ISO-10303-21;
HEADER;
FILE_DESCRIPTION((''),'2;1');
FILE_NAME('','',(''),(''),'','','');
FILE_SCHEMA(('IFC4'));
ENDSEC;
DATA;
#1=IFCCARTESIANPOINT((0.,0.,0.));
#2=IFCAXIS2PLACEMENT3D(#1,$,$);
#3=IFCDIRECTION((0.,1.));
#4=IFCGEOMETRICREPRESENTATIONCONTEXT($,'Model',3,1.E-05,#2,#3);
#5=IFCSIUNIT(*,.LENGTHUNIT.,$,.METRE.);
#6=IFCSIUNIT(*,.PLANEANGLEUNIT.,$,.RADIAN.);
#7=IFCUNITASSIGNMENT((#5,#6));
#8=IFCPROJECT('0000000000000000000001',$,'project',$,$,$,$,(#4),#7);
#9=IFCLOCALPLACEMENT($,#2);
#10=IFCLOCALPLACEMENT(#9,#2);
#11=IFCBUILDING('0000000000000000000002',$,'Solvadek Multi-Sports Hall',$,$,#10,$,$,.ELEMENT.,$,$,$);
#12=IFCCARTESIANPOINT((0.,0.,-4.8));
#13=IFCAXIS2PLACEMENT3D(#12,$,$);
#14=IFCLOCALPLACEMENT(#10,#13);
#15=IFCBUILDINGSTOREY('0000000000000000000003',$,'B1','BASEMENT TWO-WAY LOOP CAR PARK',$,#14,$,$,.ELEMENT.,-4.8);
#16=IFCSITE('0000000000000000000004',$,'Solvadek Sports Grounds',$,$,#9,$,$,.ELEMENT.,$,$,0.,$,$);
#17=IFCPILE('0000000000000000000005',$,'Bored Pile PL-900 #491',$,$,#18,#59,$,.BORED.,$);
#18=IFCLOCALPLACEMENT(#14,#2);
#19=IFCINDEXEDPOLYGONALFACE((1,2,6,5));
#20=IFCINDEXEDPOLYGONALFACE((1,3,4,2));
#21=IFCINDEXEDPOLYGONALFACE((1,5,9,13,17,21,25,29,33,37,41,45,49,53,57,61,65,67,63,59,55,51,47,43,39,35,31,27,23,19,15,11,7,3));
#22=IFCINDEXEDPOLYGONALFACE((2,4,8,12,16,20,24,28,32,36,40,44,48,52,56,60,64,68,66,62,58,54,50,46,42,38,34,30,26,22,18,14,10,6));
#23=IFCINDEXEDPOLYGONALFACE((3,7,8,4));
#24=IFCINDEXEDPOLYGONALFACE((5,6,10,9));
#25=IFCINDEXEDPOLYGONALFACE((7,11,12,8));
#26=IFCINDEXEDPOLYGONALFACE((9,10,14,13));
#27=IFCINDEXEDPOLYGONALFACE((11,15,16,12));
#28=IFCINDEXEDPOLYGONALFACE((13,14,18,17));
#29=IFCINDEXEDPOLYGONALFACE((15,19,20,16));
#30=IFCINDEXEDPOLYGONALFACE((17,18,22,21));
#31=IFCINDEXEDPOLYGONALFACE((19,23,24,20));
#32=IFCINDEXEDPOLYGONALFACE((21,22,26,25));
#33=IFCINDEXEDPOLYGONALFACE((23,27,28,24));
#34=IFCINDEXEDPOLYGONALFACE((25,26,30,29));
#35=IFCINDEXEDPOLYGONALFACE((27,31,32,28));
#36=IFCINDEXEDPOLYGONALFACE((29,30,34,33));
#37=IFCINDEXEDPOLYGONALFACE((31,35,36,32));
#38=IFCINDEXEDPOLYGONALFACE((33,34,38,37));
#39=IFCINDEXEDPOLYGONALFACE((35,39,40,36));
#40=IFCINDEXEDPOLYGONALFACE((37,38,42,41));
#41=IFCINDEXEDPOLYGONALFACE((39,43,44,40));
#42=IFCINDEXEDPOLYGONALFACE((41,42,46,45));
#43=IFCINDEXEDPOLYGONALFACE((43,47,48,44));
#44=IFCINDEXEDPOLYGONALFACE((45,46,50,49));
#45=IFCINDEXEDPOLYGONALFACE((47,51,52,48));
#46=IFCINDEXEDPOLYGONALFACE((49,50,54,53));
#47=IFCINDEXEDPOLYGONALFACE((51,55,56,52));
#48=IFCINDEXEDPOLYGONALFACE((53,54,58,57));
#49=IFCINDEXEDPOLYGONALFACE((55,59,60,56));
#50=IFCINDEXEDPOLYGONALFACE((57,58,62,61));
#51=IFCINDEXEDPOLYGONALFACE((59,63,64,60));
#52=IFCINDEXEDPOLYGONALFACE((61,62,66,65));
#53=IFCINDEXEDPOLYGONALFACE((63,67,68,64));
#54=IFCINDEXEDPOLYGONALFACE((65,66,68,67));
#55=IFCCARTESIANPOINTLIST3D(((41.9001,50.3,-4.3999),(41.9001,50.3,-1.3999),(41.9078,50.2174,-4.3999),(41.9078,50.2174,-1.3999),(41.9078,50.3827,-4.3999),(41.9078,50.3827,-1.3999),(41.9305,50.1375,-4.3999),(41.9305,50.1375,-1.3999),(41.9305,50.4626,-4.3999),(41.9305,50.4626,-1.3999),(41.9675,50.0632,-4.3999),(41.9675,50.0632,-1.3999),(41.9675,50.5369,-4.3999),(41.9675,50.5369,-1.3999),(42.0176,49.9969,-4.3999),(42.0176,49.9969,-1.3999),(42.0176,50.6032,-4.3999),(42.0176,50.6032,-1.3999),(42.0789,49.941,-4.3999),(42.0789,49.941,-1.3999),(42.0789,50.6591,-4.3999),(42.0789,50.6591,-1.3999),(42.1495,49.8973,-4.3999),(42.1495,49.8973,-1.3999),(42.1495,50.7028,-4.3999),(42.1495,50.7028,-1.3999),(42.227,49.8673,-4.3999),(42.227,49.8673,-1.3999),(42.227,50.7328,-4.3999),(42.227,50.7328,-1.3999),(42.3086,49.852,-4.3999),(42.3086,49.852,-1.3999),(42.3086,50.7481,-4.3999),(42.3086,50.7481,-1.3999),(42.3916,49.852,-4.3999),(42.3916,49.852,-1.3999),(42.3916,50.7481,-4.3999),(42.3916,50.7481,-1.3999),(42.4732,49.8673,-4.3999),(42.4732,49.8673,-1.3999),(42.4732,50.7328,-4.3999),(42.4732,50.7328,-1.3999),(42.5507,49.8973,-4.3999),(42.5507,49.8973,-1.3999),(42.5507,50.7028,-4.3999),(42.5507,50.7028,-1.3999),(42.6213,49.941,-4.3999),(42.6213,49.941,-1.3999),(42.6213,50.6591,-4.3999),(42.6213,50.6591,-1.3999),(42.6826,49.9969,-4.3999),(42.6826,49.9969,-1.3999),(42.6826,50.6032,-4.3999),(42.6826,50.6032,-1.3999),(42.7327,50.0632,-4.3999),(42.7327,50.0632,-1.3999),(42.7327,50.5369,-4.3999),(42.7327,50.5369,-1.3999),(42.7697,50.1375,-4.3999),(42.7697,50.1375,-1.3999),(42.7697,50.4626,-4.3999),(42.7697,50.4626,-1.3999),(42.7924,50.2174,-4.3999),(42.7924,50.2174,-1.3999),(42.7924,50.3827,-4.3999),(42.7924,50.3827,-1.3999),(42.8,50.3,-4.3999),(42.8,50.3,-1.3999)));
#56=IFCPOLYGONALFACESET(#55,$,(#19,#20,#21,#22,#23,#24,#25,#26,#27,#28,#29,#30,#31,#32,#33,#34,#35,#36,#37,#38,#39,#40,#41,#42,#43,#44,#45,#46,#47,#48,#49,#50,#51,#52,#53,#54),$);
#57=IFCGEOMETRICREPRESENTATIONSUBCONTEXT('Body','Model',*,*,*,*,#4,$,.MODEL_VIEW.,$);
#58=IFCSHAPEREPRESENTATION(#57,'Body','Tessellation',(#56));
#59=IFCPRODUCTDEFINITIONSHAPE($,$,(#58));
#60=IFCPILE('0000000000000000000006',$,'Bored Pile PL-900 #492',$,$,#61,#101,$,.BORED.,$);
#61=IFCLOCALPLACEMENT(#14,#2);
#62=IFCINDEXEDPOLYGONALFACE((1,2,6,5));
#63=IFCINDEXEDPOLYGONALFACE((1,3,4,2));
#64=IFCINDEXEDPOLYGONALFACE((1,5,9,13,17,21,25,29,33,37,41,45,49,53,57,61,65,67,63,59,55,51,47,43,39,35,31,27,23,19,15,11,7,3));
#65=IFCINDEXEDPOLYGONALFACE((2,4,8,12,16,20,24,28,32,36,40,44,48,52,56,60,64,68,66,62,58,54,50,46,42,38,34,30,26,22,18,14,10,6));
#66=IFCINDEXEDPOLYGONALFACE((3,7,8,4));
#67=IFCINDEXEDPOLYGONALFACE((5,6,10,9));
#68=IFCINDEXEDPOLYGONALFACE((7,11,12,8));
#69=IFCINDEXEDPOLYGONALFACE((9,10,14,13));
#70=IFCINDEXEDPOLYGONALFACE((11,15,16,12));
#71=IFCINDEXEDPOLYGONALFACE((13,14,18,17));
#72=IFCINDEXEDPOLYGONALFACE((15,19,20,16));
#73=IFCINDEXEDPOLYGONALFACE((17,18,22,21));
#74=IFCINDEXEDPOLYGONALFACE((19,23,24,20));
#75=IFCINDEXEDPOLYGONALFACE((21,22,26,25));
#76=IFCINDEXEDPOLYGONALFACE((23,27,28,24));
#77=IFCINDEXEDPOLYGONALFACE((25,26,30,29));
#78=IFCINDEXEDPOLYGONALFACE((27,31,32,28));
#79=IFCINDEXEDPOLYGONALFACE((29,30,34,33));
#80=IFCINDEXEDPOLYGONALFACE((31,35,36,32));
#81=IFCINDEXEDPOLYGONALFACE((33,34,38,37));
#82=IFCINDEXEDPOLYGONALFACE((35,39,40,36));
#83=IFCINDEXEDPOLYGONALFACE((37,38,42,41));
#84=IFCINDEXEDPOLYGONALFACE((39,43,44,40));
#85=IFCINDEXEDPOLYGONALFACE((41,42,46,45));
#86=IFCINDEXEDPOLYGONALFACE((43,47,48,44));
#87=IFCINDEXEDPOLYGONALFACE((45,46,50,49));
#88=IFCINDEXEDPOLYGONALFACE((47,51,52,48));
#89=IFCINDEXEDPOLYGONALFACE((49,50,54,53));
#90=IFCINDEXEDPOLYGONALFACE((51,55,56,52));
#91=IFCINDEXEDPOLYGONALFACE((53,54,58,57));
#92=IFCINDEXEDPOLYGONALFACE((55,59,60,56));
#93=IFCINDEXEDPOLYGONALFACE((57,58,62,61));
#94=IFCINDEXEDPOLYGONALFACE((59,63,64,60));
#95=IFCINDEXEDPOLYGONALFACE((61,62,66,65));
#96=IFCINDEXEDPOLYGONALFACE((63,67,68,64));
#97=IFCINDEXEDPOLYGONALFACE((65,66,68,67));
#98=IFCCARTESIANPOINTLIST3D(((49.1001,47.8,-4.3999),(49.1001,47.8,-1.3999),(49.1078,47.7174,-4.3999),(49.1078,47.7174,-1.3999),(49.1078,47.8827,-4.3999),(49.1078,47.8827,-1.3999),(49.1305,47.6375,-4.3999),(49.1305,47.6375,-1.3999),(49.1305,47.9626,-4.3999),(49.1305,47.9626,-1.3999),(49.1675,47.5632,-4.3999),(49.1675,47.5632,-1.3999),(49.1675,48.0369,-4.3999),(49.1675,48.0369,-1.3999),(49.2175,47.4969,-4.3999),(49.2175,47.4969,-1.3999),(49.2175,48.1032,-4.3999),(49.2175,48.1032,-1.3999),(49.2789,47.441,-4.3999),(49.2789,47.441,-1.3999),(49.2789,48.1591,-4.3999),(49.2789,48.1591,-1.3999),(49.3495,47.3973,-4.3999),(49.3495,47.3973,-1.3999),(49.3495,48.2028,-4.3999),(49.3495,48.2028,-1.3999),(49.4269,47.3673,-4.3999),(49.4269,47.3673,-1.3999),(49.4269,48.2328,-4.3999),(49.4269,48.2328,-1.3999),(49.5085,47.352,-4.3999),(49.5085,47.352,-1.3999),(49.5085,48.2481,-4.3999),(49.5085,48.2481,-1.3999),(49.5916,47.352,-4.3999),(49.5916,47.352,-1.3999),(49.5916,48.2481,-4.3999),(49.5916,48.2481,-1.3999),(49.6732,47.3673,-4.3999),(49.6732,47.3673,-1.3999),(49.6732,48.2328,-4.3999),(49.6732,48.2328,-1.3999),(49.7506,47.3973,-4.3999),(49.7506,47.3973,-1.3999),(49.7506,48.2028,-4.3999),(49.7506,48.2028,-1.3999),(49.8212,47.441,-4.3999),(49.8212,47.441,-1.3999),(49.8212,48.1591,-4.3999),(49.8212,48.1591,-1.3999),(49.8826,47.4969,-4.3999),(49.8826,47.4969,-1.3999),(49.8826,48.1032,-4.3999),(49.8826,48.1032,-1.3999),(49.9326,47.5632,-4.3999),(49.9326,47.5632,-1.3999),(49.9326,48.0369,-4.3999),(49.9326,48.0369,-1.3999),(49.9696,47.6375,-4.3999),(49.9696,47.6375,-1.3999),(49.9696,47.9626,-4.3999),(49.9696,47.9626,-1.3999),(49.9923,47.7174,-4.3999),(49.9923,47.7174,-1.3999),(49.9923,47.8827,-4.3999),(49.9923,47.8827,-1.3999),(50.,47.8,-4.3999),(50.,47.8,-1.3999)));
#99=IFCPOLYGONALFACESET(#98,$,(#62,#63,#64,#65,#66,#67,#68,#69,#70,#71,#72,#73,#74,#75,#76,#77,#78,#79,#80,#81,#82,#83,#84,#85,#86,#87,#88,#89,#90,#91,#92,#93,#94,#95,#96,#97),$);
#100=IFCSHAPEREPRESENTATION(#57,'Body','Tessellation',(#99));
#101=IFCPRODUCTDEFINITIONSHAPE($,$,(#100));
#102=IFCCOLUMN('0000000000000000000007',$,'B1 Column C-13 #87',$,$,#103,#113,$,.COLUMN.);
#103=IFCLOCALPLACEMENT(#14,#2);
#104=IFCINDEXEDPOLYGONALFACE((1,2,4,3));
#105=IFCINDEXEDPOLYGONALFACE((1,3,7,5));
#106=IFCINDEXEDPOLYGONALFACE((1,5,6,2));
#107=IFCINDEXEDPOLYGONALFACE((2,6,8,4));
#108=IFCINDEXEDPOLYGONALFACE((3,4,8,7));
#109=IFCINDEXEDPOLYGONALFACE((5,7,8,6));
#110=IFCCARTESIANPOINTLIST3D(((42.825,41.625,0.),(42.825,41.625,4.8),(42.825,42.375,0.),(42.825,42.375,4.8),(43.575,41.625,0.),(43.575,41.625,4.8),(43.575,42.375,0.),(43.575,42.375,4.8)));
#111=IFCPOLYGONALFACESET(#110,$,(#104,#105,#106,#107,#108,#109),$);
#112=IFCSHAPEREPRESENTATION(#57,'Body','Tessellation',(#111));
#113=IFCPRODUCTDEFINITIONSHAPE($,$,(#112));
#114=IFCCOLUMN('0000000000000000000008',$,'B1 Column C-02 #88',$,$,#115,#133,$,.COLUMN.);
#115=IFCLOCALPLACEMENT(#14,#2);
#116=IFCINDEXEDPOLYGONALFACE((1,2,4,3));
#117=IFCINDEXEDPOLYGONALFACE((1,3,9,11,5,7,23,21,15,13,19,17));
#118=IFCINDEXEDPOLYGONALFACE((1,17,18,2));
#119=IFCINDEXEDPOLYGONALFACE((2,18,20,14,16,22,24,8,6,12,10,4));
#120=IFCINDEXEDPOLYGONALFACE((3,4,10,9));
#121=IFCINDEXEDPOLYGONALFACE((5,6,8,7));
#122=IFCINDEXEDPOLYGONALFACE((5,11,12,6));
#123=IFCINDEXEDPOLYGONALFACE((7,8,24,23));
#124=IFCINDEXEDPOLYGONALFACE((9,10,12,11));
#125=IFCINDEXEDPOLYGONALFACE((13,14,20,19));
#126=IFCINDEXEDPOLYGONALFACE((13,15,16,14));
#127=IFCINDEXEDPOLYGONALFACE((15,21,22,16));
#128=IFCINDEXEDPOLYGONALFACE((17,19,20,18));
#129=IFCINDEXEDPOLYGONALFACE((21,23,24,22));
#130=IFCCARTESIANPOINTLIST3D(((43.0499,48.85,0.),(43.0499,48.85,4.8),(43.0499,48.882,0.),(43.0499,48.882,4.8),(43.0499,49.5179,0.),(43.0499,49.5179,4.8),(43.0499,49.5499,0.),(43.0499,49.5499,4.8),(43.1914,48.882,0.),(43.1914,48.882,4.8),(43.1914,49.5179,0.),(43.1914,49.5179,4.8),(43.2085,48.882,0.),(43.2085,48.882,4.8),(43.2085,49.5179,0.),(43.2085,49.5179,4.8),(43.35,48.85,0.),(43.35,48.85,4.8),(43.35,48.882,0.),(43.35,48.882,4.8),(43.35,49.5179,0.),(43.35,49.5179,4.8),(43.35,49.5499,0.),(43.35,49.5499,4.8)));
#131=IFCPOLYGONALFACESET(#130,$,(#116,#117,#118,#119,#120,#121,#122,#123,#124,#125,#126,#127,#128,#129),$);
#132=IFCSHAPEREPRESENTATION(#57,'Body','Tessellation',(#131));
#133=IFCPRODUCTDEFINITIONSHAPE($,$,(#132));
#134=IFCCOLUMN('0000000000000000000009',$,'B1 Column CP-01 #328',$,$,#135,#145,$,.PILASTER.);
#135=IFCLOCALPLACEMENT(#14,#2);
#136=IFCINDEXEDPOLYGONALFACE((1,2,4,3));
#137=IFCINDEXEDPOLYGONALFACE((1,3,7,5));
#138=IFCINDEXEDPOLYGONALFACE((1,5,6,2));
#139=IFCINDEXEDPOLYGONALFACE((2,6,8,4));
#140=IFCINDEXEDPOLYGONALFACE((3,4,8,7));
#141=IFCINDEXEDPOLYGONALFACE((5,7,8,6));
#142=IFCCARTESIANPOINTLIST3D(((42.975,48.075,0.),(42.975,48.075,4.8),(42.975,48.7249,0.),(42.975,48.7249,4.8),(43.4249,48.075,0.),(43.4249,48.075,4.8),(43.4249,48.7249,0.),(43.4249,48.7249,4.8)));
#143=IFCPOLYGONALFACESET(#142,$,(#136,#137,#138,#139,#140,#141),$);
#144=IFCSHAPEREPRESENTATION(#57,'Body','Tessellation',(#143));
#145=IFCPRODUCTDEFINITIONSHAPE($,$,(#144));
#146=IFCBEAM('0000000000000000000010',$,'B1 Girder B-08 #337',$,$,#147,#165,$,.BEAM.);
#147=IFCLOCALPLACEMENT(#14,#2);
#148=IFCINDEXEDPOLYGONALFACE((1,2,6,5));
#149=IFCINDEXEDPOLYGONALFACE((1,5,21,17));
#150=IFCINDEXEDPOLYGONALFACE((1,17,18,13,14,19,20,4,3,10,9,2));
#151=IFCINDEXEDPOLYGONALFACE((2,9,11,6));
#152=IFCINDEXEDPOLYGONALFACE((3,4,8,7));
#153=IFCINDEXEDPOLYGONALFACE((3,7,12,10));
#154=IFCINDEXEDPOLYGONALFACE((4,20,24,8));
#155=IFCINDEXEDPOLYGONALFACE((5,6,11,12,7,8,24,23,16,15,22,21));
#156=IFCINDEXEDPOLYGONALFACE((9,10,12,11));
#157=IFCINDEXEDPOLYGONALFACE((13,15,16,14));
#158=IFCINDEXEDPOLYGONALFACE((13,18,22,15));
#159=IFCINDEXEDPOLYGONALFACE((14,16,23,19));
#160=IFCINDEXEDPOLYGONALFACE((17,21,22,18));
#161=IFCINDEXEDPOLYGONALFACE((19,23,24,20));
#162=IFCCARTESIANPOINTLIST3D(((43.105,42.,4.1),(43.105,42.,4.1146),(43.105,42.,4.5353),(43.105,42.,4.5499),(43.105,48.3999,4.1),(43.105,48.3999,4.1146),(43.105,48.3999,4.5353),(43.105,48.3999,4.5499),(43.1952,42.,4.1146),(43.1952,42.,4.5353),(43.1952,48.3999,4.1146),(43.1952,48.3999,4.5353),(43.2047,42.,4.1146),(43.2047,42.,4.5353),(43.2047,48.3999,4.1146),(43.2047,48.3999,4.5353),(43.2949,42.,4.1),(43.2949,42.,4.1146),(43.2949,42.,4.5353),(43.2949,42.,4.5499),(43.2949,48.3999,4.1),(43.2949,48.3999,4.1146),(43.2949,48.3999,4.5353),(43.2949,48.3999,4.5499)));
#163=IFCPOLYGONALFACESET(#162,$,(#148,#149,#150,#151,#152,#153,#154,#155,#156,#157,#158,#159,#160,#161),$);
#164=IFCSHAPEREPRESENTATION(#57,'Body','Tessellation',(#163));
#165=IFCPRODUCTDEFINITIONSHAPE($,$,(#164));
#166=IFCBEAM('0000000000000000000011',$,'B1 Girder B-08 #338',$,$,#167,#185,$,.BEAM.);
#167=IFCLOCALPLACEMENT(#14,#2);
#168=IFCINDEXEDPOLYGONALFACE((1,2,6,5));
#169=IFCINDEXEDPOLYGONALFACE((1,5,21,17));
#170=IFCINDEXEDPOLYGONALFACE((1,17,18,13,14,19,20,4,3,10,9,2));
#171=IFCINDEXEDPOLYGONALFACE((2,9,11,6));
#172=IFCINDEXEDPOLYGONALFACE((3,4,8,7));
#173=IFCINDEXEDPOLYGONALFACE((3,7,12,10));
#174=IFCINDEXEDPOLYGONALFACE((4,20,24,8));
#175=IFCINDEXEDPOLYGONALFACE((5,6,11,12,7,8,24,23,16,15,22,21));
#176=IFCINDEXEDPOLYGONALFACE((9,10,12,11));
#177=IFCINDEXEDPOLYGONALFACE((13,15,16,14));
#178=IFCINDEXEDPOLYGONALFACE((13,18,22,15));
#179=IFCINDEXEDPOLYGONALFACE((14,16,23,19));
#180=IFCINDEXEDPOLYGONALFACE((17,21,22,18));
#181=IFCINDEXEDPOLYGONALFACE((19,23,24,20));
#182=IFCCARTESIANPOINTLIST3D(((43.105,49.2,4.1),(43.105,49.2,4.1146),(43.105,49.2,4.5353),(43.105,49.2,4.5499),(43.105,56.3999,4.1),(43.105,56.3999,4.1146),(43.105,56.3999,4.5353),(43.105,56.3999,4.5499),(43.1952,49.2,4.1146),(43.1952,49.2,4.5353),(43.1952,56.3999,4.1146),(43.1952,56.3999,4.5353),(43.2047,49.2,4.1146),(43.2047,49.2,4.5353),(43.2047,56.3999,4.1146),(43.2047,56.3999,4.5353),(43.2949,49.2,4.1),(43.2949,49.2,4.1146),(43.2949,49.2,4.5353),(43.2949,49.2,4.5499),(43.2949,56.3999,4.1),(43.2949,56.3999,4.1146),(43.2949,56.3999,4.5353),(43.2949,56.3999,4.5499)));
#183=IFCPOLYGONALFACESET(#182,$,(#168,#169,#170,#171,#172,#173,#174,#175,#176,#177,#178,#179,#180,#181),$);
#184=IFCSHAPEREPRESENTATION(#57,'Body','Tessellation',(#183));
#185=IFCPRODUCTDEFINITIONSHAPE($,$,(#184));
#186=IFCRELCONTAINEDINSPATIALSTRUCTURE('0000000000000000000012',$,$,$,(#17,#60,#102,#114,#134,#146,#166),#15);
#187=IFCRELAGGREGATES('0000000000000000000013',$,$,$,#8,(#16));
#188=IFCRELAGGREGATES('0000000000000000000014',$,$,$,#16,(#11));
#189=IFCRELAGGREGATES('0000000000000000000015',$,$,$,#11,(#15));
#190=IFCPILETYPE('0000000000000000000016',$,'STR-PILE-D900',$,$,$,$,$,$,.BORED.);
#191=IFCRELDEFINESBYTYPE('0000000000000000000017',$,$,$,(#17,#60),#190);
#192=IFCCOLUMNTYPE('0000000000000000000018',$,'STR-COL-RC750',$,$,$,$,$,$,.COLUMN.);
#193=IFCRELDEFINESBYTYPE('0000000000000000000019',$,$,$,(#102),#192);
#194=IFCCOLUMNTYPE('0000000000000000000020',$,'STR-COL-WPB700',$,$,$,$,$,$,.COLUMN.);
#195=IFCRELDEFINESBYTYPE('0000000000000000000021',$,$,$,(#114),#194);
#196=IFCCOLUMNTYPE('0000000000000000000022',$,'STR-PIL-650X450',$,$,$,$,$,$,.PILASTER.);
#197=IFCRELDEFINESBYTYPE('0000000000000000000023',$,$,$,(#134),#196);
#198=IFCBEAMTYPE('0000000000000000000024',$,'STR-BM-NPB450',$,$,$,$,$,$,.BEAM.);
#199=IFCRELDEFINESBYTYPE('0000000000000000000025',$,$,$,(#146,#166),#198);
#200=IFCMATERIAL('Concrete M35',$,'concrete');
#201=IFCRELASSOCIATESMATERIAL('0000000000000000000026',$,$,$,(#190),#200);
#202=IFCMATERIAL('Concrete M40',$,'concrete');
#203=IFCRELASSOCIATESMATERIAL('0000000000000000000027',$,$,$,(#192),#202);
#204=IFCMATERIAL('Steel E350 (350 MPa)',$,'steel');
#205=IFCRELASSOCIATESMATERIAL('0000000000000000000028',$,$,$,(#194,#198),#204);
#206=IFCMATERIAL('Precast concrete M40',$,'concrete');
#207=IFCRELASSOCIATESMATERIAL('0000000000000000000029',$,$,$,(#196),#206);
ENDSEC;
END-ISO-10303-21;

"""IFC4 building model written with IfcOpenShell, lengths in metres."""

from ifc_helpers import new_model, si_unit, direction, frame, origin, origin_2d, place, context, subcontext, project, spatial, rectangle, circle, i_section, extrude, material, material_profile, profile_set, type_object, element, save


model = new_model("IFC4")

# Units and contexts
model_context = context("Model", 3, precision=1e-05, world=origin(), true_north=direction((0.0, 1.0)))
body_context = subcontext(model_context, "Body", "Model", "MODEL_VIEW")
ifc_project = project(units=[si_unit("LENGTHUNIT", "METRE"), si_unit("PLANEANGLEUNIT", "RADIAN")], contexts=[model_context])

# Site, building, storey
site_placement = place(None, origin())
site = spatial("IfcSite", under=ifc_project, at=site_placement, Name="Solvadek Sports Grounds", CompositionType="ELEMENT", RefElevation=0.0)
building_placement = place(site_placement, origin())
building = spatial("IfcBuilding", under=site, at=building_placement, Name="Solvadek Multi-Sports Hall", CompositionType="ELEMENT")
storey_placement = place(building_placement, frame((0.0, 0.0, -4.8)))
storey = spatial("IfcBuildingStorey", under=building, at=storey_placement, Name="B1", Description="BASEMENT TWO-WAY LOOP CAR PARK", CompositionType="ELEMENT", Elevation=-4.8)

# Shared definitions
ifc_material_1 = material(Name="Concrete M40", Category="concrete")

# Piles
ifc_material_2 = material(Name="Concrete M35", Category="concrete")
ifc_material_profile_1 = material_profile(ifc_material_2, circle(Radius=0.45, at=origin_2d()), Name="BORED PILE D900")
ifc_profile_set_1 = profile_set([ifc_material_profile_1], Name="Concrete M35")
pile_type_1 = type_object("IfcPileType", Name="STR-PILE-D900", PredefinedType="BORED", material=ifc_profile_set_1)
for number, where, z_axis, x_axis, name in (
    (1, (42.3501, 50.3, -1.3999), (0.0, 0.0, -1.0), (1.0, 0.0, 0.0), "Bored Pile PL-900 #491"),
    (2, (49.55, 47.8, -1.3999), (0.0, 0.0, -1.0), (1.0, 0.0, 0.0), "Bored Pile PL-900 #492"),
):
    element("IfcPile", number, at=place(storey_placement, frame(where, z_axis=z_axis, x_axis=x_axis)), inside=storey, type_object=pile_type_1, Name=name, PredefinedType="BORED", context=body_context, shape_type="SweptSolid", body=[
        extrude(circle(Radius=0.45, at=origin_2d()), origin(), (0.0, 0.0, 1.0), 3.0),
    ])

# Columns
ifc_material_profile_2 = material_profile(ifc_material_1, rectangle(XDim=0.75, YDim=0.75, at=origin_2d()), Name="RC 750x750")
ifc_profile_set_2 = profile_set([ifc_material_profile_2], Name="Concrete M40")
column_type_1 = type_object("IfcColumnType", Name="STR-COL-RC750", PredefinedType="COLUMN", material=ifc_profile_set_2)
column_1_placement = place(storey_placement, frame((43.2, 42.0, 0.0), z_axis=(0.0, 0.0, 1.0), x_axis=(1.0, 0.0, 0.0)))
element("IfcColumn", 3, at=column_1_placement, inside=storey, type_object=column_type_1, Name="B1 Column C-13 #87", PredefinedType="COLUMN", context=body_context, shape_type="SweptSolid", body=[
    extrude(rectangle(XDim=0.75, YDim=0.75, at=origin_2d()), origin(), (0.0, 0.0, 1.0), 4.8),
])
ifc_material_3 = material(Name="Steel E350 (350 MPa)", Category="steel")
ifc_material_profile_3 = material_profile(ifc_material_3, i_section(OverallWidth=0.3, OverallDepth=0.7, WebThickness=0.0171, FlangeThickness=0.032, at=origin_2d()), Name="WPB 700")
ifc_profile_set_3 = profile_set([ifc_material_profile_3], Name="Steel E350 (350 MPa)")
column_type_2 = type_object("IfcColumnType", Name="STR-COL-WPB700", PredefinedType="COLUMN", material=ifc_profile_set_3)
column_2_placement = place(storey_placement, frame((43.2, 49.2, 0.0), z_axis=(0.0, 0.0, 1.0), x_axis=(1.0, 0.0, 0.0)))
element("IfcColumn", 4, at=column_2_placement, inside=storey, type_object=column_type_2, Name="B1 Column C-02 #88", PredefinedType="COLUMN", context=body_context, shape_type="SweptSolid", body=[
    extrude(i_section(OverallWidth=0.3, OverallDepth=0.7, WebThickness=0.0171, FlangeThickness=0.032, at=origin_2d()), origin(), (0.0, 0.0, 1.0), 4.8),
])
ifc_material_4 = material(Name="Precast concrete M40", Category="concrete")
ifc_material_profile_4 = material_profile(ifc_material_4, rectangle(XDim=0.45, YDim=0.6499, at=origin_2d()), Name="RC PILASTER 650x450")
ifc_profile_set_4 = profile_set([ifc_material_profile_4], Name="Precast concrete M40")
column_type_3 = type_object("IfcColumnType", Name="STR-PIL-650X450", PredefinedType="PILASTER", material=ifc_profile_set_4)
column_3_placement = place(storey_placement, frame((43.2, 48.3999, 0.0), z_axis=(0.0, 0.0, 1.0), x_axis=(1.0, 0.0, 0.0)))
element("IfcColumn", 5, at=column_3_placement, inside=storey, type_object=column_type_3, Name="B1 Column CP-01 #328", PredefinedType="PILASTER", context=body_context, shape_type="SweptSolid", body=[
    extrude(rectangle(XDim=0.45, YDim=0.6499, at=origin_2d()), origin(), (0.0, 0.0, 1.0), 4.8),
])

# Beams
ifc_material_profile_5 = material_profile(ifc_material_3, i_section(OverallWidth=0.1899, OverallDepth=0.45, WebThickness=0.0095, FlangeThickness=0.0146, at=origin_2d()), Name="NPB 450")
ifc_profile_set_5 = profile_set([ifc_material_profile_5], Name="Steel E350 (350 MPa)")
beam_type_1 = type_object("IfcBeamType", Name="STR-BM-NPB450", PredefinedType="BEAM", material=ifc_profile_set_5)
beam_1_placement = place(storey_placement, frame((43.2, 42.0, 4.325), z_axis=(0.0, 1.0, 0.0), x_axis=(-1.0, 0.0, 0.0)))
element("IfcBeam", 6, at=beam_1_placement, inside=storey, type_object=beam_type_1, Name="B1 Girder B-08 #337", PredefinedType="BEAM", context=body_context, shape_type="SweptSolid", body=[
    extrude(i_section(OverallWidth=0.1899, OverallDepth=0.45, WebThickness=0.0095, FlangeThickness=0.0146, at=origin_2d()), origin(), (0.0, 0.0, 1.0), 6.3999),
])
beam_2_placement = place(storey_placement, frame((43.2, 49.2, 4.325), z_axis=(0.0, 1.0, 0.0), x_axis=(-1.0, 0.0, 0.0)))
element("IfcBeam", 7, at=beam_2_placement, inside=storey, type_object=beam_type_1, Name="B1 Girder B-08 #338", PredefinedType="BEAM", context=body_context, shape_type="SweptSolid", body=[
    extrude(i_section(OverallWidth=0.1899, OverallDepth=0.45, WebThickness=0.0095, FlangeThickness=0.0146, at=origin_2d()), origin(), (0.0, 0.0, 1.0), 7.2),
])

save(model, "model.ifc")
